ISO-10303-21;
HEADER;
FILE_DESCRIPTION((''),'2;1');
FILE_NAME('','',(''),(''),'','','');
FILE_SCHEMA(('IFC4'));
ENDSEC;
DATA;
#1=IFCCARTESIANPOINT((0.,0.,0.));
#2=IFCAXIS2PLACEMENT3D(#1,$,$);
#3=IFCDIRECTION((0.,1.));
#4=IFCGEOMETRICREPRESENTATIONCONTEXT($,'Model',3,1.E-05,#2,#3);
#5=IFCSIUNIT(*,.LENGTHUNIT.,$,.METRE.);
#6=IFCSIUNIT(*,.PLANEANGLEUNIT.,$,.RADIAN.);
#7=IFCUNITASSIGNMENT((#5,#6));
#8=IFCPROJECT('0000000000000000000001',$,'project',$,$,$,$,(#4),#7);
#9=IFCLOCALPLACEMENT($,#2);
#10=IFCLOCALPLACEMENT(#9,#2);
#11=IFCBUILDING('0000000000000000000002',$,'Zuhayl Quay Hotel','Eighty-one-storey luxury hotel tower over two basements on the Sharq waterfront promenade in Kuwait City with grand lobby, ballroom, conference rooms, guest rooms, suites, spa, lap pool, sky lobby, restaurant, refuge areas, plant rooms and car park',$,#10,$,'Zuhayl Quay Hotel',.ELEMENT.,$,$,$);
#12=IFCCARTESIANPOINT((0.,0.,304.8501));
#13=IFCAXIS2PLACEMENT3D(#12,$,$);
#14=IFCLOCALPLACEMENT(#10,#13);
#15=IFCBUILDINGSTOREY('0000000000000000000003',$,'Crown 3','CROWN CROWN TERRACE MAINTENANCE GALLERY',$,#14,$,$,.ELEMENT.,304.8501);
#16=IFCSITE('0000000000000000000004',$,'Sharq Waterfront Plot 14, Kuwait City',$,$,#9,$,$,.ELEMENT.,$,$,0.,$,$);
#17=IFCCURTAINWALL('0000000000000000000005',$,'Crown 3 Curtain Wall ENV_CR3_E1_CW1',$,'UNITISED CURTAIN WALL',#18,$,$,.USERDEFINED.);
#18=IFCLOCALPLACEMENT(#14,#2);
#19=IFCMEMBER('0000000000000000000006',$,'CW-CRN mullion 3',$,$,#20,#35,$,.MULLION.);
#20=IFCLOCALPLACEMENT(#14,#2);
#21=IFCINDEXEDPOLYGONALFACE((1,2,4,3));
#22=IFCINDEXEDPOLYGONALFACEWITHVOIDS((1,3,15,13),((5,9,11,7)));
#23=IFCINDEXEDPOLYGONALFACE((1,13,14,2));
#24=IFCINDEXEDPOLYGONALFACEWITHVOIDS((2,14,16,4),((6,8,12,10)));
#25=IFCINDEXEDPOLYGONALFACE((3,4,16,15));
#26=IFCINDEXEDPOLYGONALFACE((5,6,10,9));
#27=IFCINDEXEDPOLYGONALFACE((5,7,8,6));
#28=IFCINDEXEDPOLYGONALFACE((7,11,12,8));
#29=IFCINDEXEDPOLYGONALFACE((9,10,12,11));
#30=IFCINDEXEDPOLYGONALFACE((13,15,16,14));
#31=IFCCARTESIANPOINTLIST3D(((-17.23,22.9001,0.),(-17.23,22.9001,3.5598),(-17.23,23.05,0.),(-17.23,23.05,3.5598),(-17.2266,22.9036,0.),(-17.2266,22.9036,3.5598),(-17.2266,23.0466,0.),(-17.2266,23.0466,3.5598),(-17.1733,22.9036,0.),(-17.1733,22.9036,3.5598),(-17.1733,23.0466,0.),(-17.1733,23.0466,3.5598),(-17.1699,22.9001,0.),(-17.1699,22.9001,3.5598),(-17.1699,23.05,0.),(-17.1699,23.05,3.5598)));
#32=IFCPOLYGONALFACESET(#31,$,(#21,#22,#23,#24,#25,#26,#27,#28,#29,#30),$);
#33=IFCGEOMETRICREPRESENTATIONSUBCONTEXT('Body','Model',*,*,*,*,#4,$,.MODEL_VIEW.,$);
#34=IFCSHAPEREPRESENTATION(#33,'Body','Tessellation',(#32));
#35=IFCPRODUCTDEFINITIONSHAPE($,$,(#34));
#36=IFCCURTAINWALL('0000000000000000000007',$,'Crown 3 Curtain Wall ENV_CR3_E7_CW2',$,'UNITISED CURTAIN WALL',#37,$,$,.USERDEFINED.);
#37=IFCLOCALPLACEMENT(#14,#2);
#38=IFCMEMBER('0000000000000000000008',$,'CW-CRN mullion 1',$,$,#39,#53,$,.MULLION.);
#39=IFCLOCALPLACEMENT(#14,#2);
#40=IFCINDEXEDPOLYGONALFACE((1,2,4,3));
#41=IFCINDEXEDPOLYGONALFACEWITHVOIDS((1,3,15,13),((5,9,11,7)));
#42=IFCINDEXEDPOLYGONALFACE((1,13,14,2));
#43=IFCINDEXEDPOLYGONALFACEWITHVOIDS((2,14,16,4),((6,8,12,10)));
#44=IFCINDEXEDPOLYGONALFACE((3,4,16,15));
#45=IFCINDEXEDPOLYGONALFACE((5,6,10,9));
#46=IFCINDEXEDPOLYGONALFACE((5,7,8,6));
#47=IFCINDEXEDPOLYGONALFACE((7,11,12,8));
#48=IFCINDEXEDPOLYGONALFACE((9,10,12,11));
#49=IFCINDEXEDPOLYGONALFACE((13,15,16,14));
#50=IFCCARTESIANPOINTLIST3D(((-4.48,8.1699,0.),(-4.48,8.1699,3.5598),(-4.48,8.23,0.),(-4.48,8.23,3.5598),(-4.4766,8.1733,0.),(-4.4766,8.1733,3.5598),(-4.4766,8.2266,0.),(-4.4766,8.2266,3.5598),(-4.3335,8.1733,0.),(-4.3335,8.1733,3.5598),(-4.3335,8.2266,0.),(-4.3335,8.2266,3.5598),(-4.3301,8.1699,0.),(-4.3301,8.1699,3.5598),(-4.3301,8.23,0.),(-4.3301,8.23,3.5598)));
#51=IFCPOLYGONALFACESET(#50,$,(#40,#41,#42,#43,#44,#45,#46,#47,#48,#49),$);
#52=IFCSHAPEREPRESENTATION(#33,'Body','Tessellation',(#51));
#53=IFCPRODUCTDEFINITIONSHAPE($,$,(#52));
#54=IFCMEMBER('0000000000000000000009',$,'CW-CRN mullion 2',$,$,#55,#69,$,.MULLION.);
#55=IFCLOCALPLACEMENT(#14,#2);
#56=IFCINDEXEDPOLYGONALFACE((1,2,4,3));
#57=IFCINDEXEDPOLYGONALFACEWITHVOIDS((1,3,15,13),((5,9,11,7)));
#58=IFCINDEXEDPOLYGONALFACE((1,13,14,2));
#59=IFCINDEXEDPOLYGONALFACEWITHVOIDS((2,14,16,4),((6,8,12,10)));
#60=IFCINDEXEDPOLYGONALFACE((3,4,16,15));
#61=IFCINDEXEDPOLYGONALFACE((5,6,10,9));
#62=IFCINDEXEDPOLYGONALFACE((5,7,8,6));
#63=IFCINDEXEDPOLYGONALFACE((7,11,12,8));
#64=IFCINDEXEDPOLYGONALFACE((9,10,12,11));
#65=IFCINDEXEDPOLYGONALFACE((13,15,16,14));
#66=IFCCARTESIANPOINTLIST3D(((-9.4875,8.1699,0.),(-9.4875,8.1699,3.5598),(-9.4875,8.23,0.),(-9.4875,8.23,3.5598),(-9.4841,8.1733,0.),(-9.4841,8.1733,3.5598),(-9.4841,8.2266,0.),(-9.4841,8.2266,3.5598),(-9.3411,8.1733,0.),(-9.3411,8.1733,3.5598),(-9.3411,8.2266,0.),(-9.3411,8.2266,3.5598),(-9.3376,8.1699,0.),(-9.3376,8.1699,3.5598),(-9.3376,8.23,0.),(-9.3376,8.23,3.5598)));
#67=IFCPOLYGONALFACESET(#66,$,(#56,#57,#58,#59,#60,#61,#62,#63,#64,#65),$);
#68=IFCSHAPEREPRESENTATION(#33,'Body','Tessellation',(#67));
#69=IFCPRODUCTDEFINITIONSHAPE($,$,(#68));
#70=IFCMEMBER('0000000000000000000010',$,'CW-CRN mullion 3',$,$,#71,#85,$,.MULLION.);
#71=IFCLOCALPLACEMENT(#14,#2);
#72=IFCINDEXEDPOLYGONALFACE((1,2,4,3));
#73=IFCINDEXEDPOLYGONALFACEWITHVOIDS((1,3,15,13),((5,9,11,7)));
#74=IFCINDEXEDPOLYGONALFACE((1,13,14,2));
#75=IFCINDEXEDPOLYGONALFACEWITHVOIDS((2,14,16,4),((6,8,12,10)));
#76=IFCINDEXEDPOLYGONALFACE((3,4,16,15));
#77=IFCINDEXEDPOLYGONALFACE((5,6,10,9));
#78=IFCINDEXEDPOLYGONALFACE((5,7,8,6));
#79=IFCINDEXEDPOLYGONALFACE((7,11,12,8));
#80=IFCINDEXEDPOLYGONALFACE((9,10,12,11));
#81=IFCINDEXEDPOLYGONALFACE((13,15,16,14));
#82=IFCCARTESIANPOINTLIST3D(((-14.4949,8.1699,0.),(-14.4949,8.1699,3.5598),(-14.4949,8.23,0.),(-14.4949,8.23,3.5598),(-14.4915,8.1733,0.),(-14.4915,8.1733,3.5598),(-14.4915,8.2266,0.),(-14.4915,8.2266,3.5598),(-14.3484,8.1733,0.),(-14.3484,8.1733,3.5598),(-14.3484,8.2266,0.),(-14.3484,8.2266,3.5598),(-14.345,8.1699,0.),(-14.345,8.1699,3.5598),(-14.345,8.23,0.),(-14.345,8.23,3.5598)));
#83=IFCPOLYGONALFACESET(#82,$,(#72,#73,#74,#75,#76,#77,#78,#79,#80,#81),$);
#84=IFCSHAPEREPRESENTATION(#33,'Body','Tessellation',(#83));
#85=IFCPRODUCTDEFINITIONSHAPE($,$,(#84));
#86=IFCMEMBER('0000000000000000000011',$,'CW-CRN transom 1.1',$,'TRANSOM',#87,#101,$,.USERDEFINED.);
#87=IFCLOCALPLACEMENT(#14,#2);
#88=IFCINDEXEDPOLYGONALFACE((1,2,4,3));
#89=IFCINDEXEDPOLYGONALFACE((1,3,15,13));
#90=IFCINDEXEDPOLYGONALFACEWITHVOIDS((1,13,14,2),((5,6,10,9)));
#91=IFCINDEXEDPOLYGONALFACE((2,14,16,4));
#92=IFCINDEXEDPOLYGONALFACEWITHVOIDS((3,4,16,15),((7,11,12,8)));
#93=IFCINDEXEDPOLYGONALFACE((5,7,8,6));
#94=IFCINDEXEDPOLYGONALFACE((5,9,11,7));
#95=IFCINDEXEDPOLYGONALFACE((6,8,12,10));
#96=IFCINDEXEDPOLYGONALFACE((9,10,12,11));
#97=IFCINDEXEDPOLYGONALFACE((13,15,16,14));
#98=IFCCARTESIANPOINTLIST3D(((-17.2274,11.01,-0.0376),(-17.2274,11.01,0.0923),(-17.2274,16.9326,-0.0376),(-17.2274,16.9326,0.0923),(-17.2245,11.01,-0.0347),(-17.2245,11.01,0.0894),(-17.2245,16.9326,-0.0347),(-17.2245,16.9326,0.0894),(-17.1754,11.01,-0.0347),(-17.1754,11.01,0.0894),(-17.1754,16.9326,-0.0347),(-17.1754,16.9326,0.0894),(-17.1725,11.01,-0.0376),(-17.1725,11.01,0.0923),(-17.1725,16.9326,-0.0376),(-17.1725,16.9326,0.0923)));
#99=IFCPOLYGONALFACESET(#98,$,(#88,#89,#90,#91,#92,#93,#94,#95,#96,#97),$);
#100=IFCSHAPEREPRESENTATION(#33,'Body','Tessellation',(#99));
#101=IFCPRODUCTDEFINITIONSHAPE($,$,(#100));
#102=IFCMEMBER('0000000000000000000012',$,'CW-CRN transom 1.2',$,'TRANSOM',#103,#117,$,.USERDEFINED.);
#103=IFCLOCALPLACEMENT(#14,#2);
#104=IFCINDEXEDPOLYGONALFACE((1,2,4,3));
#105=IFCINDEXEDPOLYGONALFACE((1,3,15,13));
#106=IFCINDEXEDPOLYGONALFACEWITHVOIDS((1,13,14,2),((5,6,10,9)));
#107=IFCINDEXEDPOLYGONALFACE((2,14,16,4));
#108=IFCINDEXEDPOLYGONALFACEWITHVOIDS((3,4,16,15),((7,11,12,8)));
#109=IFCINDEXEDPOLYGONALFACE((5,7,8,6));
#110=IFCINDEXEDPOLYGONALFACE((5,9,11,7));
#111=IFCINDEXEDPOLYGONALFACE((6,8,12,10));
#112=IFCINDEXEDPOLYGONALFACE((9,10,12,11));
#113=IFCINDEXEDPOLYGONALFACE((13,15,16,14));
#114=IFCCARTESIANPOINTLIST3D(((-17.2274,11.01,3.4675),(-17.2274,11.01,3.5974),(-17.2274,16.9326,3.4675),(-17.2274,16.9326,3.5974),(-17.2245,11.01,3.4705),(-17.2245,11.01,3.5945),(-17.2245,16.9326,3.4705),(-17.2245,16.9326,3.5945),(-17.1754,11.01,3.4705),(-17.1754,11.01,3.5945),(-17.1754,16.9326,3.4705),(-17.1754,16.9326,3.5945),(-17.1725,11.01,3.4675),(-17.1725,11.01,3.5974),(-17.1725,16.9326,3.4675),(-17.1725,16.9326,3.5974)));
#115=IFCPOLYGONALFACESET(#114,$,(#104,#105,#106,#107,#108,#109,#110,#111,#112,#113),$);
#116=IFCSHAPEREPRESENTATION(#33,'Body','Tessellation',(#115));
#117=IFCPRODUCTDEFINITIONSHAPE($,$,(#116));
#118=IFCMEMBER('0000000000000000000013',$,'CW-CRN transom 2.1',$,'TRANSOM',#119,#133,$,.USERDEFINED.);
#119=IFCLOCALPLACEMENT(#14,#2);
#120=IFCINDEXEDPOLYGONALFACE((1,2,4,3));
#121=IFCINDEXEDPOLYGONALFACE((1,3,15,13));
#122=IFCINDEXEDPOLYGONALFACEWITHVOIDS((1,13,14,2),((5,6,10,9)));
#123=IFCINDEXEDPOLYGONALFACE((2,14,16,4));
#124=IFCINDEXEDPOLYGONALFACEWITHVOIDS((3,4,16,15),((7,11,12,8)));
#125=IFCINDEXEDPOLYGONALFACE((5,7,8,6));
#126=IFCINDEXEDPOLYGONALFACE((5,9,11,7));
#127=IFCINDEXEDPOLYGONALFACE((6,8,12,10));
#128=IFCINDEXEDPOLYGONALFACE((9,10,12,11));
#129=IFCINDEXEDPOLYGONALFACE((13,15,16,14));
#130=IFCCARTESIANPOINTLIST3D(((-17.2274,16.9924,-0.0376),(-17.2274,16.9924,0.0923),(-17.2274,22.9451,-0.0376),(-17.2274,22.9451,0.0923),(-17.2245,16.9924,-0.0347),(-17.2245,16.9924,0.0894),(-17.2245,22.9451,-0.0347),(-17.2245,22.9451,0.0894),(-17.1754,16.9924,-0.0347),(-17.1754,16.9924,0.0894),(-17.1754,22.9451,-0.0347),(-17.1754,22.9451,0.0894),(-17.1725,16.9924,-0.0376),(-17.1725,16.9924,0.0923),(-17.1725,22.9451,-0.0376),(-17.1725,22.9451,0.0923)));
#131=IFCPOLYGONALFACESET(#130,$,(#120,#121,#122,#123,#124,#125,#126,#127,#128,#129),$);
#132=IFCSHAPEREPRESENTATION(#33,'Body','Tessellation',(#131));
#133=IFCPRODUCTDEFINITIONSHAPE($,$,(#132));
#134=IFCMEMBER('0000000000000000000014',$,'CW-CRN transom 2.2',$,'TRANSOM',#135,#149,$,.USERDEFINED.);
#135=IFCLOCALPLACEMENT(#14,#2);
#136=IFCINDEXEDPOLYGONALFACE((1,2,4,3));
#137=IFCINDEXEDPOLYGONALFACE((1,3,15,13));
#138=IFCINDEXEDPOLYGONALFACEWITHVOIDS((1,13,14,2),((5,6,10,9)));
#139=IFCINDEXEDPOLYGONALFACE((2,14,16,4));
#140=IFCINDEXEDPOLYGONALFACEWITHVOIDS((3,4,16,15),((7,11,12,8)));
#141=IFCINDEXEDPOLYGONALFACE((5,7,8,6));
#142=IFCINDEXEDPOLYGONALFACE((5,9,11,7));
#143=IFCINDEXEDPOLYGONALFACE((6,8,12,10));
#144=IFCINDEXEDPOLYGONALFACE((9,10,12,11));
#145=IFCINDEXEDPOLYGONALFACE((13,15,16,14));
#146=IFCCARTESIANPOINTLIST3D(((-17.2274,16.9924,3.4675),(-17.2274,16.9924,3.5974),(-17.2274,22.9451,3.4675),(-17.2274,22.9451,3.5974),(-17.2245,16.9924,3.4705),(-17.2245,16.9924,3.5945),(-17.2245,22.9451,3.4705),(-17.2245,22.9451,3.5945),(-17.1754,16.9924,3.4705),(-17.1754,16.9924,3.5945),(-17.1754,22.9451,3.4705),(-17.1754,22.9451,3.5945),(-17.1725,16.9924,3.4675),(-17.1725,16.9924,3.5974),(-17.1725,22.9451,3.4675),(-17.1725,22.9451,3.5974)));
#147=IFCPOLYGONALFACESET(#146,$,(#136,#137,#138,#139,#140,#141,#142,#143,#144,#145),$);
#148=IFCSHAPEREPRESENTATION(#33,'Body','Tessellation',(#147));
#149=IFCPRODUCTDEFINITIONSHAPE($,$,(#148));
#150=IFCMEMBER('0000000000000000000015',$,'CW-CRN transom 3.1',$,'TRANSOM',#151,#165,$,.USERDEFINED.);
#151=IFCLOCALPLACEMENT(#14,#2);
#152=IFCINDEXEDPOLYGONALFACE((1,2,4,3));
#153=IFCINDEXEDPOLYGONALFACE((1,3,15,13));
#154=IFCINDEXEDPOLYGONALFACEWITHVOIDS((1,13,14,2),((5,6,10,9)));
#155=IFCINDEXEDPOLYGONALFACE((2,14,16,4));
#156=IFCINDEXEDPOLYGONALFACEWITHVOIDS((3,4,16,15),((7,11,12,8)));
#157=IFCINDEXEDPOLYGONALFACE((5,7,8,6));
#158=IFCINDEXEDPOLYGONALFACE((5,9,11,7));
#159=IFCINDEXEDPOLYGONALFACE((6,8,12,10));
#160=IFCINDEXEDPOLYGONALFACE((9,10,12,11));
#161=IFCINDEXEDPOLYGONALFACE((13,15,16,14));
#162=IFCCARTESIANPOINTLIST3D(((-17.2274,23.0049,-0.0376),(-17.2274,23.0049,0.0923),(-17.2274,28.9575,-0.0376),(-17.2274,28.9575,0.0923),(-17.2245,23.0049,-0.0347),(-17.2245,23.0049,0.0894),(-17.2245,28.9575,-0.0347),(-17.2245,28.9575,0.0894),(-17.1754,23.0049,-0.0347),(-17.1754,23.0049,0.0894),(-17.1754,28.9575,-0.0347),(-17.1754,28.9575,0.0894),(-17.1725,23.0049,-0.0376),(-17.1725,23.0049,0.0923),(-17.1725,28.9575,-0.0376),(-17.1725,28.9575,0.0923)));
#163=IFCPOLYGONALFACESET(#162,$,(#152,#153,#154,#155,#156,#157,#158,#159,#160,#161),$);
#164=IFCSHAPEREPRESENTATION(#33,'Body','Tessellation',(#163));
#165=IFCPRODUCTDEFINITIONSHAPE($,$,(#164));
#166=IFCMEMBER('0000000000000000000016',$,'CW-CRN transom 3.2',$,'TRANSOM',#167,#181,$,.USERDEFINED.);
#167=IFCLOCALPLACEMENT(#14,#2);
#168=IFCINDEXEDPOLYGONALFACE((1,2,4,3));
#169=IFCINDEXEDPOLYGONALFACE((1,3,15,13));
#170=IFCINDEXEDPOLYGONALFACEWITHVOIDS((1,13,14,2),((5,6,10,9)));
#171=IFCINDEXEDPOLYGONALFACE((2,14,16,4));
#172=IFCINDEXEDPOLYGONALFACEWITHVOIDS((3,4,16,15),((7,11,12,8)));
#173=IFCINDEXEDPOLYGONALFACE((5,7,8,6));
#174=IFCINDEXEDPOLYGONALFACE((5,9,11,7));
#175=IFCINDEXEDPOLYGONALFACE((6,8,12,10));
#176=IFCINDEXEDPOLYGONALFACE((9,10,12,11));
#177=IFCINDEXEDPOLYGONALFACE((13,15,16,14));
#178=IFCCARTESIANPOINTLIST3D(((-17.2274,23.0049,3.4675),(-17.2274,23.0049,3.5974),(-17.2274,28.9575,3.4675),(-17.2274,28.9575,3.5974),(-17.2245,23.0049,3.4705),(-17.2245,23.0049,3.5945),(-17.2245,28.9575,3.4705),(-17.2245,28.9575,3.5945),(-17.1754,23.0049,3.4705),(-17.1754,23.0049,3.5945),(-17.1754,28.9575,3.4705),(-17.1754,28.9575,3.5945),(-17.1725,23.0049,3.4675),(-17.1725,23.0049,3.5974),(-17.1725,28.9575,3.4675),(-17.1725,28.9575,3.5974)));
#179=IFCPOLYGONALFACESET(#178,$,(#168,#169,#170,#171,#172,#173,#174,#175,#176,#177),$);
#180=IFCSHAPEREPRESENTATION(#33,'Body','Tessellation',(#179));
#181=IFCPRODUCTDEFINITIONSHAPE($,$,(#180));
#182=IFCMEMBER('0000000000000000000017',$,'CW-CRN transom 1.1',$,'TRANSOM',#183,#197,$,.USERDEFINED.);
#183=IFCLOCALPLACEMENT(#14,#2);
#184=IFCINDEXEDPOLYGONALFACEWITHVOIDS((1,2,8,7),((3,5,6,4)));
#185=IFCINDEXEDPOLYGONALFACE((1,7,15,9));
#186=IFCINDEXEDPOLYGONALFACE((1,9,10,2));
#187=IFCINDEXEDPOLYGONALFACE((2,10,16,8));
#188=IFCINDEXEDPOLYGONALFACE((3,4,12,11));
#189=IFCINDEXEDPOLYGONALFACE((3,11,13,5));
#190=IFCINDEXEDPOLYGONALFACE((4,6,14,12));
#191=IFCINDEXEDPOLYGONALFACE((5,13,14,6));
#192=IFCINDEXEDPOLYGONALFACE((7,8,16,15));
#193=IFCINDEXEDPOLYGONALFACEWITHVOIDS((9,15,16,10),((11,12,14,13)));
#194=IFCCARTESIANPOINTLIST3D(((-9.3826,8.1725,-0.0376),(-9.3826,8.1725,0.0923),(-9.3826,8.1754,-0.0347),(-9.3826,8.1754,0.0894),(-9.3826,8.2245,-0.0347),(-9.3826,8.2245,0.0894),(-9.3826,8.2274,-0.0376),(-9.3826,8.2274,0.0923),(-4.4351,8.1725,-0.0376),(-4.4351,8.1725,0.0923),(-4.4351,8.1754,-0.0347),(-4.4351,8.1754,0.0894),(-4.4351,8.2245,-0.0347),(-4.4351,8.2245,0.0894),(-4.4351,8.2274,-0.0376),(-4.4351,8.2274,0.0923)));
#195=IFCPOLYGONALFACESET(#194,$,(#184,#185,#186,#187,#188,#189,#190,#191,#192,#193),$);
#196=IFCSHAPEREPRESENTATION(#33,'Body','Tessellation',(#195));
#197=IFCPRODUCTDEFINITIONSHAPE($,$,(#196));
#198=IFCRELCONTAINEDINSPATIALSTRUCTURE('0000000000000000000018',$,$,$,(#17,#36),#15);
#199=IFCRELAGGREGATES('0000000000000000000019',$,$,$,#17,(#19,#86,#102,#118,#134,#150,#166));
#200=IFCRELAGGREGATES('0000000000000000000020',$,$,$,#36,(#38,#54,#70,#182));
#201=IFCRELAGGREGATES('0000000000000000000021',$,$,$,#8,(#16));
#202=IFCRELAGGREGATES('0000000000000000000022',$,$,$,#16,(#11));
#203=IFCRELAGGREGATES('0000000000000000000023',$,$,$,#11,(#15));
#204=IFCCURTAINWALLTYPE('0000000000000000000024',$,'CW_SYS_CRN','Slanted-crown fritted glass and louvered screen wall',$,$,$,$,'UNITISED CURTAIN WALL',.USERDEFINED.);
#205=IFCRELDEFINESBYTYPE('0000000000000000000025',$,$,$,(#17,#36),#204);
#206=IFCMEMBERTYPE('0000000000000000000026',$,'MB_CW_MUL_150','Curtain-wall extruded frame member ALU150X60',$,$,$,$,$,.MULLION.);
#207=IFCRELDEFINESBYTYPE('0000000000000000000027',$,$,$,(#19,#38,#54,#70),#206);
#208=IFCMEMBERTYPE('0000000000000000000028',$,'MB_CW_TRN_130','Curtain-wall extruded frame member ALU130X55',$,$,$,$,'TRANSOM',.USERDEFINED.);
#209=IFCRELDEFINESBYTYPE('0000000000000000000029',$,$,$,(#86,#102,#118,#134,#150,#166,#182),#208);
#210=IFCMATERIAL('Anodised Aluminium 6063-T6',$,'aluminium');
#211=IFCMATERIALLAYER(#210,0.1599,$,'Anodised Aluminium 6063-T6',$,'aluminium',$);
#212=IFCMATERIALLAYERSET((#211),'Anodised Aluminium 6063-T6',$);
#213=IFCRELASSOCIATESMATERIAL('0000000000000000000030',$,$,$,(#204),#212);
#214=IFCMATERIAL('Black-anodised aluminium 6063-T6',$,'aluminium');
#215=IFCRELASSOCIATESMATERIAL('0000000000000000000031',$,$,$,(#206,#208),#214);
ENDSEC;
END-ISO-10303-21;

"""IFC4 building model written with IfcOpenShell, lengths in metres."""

from ifc_helpers import new_model, si_unit, direction, frame, origin, origin_2d, place, context, subcontext, project, spatial, hollow_rectangle, extrude, material, layer, layer_set, material_profile, profile_set, type_object, element, aggregate, save


model = new_model("IFC4")

# Units and contexts
model_context = context("Model", 3, precision=1e-05, world=origin(), true_north=direction((0.0, 1.0)))
body_context = subcontext(model_context, "Body", "Model", "MODEL_VIEW")
ifc_project = project(units=[si_unit("LENGTHUNIT", "METRE"), si_unit("PLANEANGLEUNIT", "RADIAN")], contexts=[model_context])

# Site, building, storey
site_placement = place(None, origin())
site = spatial("IfcSite", under=ifc_project, at=site_placement, Name="Sharq Waterfront Plot 14, Kuwait City", CompositionType="ELEMENT", RefElevation=0.0)
building_placement = place(site_placement, origin())
building = spatial("IfcBuilding", under=site, at=building_placement, Name="Zuhayl Quay Hotel", Description="Eighty-one-storey luxury hotel tower over two basements on the Sharq waterfront promenade in Kuwait City with grand lobby, ballroom, conference rooms, guest rooms, suites, spa, lap pool, sky lobby, restaurant, refuge areas, plant rooms and car park", LongName="Zuhayl Quay Hotel", CompositionType="ELEMENT")
storey_placement = place(building_placement, frame((0.0, 0.0, 304.8501)))
storey = spatial("IfcBuildingStorey", under=building, at=storey_placement, Name="Crown 3", Description="CROWN CROWN TERRACE MAINTENANCE GALLERY", CompositionType="ELEMENT", Elevation=304.8501)

# Curtain walls, members
ifc_material_1 = material(Name="Anodised Aluminium 6063-T6", Category="aluminium")
ifc_layer_1 = layer(ifc_material_1, 0.1599, Name="Anodised Aluminium 6063-T6", Category="aluminium")
ifc_layer_set_1 = layer_set([ifc_layer_1], Name="Anodised Aluminium 6063-T6")
curtain_wall_type = type_object("IfcCurtainWallType", Name="CW_SYS_CRN", Description="Slanted-crown fritted glass and louvered screen wall", ElementType="UNITISED CURTAIN WALL", PredefinedType="USERDEFINED", material=ifc_layer_set_1)
curtain_wall_1_placement = place(storey_placement, origin())
curtain_wall_1 = element("IfcCurtainWall", 1, at=curtain_wall_1_placement, inside=storey, type_object=curtain_wall_type, Name="Crown 3 Curtain Wall ENV_CR3_E1_CW1", ObjectType="UNITISED CURTAIN WALL", PredefinedType="USERDEFINED")
ifc_material_2 = material(Name="Black-anodised aluminium 6063-T6", Category="aluminium")
ifc_material_profile_1 = material_profile(ifc_material_2, hollow_rectangle(XDim=0.0601, YDim=0.1499, WallThickness=0.0034, at=origin_2d()), Name="ALU150X60")
ifc_profile_set_1 = profile_set([ifc_material_profile_1], Name="Black-anodised aluminium 6063-T6")
member_type_1 = type_object("IfcMemberType", Name="MB_CW_MUL_150", Description="Curtain-wall extruded frame member ALU150X60", PredefinedType="MULLION", material=ifc_profile_set_1)
member_1_placement = place(storey_placement, frame((-17.2, 22.9751, 0.0), z_axis=(0.0, 0.0, 1.0), x_axis=(-1.0, 0.0, 0.0)))
member_1 = element("IfcMember", 2, at=member_1_placement, type_object=member_type_1, Name="CW-CRN mullion 3", PredefinedType="MULLION", context=body_context, shape_type="SweptSolid", body=[
    extrude(hollow_rectangle(XDim=0.0601, YDim=0.1499, WallThickness=0.0034, at=origin_2d()), origin(), (0.0, 0.0, 1.0), 3.5598),
])
curtain_wall_2_placement = place(storey_placement, origin())
curtain_wall_2 = element("IfcCurtainWall", 3, at=curtain_wall_2_placement, inside=storey, type_object=curtain_wall_type, Name="Crown 3 Curtain Wall ENV_CR3_E7_CW2", ObjectType="UNITISED CURTAIN WALL", PredefinedType="USERDEFINED")
member_2_placement = place(storey_placement, frame((-4.405, 8.2, 0.0), z_axis=(0.0, 0.0, 1.0), x_axis=(0.0, -1.0, 0.0)))
member_2 = element("IfcMember", 4, at=member_2_placement, type_object=member_type_1, Name="CW-CRN mullion 1", PredefinedType="MULLION", context=body_context, shape_type="SweptSolid", body=[
    extrude(hollow_rectangle(XDim=0.0601, YDim=0.1499, WallThickness=0.0034, at=origin_2d()), origin(), (0.0, 0.0, 1.0), 3.5598),
])
member_3_placement = place(storey_placement, frame((-9.4126, 8.2, 0.0), z_axis=(0.0, 0.0, 1.0), x_axis=(0.0, -1.0, 0.0)))
member_3 = element("IfcMember", 5, at=member_3_placement, type_object=member_type_1, Name="CW-CRN mullion 2", PredefinedType="MULLION", context=body_context, shape_type="SweptSolid", body=[
    extrude(hollow_rectangle(XDim=0.0601, YDim=0.1499, WallThickness=0.0034, at=origin_2d()), origin(), (0.0, 0.0, 1.0), 3.5598),
])
member_4_placement = place(storey_placement, frame((-14.4199, 8.2, 0.0), z_axis=(0.0, 0.0, 1.0), x_axis=(0.0, -1.0, 0.0)))
member_4 = element("IfcMember", 6, at=member_4_placement, type_object=member_type_1, Name="CW-CRN mullion 3", PredefinedType="MULLION", context=body_context, shape_type="SweptSolid", body=[
    extrude(hollow_rectangle(XDim=0.0601, YDim=0.1499, WallThickness=0.0034, at=origin_2d()), origin(), (0.0, 0.0, 1.0), 3.5598),
])

# Members
ifc_material_profile_2 = material_profile(ifc_material_2, hollow_rectangle(XDim=0.0549, YDim=0.1299, WallThickness=0.0029, at=origin_2d()), Name="ALU130X55")
ifc_profile_set_2 = profile_set([ifc_material_profile_2], Name="Black-anodised aluminium 6063-T6")
member_type_2 = type_object("IfcMemberType", Name="MB_CW_TRN_130", Description="Curtain-wall extruded frame member ALU130X55", ElementType="TRANSOM", PredefinedType="USERDEFINED", material=ifc_profile_set_2)
member_5_placement = place(storey_placement, frame((-17.2, 11.01, 0.0273), z_axis=(0.0, 1.0, 0.0), x_axis=(-1.0, 0.0, 0.0)))
member_5 = element("IfcMember", 7, at=member_5_placement, type_object=member_type_2, Name="CW-CRN transom 1.1", ObjectType="TRANSOM", PredefinedType="USERDEFINED", context=body_context, shape_type="SweptSolid", body=[
    extrude(hollow_rectangle(XDim=0.0549, YDim=0.1299, WallThickness=0.0029, at=origin_2d()), origin(), (0.0, 0.0, 1.0), 5.9226),
])
member_6_placement = place(storey_placement, frame((-17.2, 11.01, 3.5325), z_axis=(0.0, 1.0, 0.0), x_axis=(-1.0, 0.0, 0.0)))
member_6 = element("IfcMember", 8, at=member_6_placement, type_object=member_type_2, Name="CW-CRN transom 1.2", ObjectType="TRANSOM", PredefinedType="USERDEFINED", context=body_context, shape_type="SweptSolid", body=[
    extrude(hollow_rectangle(XDim=0.0549, YDim=0.1299, WallThickness=0.0029, at=origin_2d()), origin(), (0.0, 0.0, 1.0), 5.9226),
])
member_7_placement = place(storey_placement, frame((-17.2, 16.9924, 0.0273), z_axis=(0.0, 1.0, 0.0), x_axis=(-1.0, 0.0, 0.0)))
member_7 = element("IfcMember", 9, at=member_7_placement, type_object=member_type_2, Name="CW-CRN transom 2.1", ObjectType="TRANSOM", PredefinedType="USERDEFINED", context=body_context, shape_type="SweptSolid", body=[
    extrude(hollow_rectangle(XDim=0.0549, YDim=0.1299, WallThickness=0.0029, at=origin_2d()), origin(), (0.0, 0.0, 1.0), 5.9526),
])
member_8_placement = place(storey_placement, frame((-17.2, 16.9924, 3.5325), z_axis=(0.0, 1.0, 0.0), x_axis=(-1.0, 0.0, 0.0)))
member_8 = element("IfcMember", 10, at=member_8_placement, type_object=member_type_2, Name="CW-CRN transom 2.2", ObjectType="TRANSOM", PredefinedType="USERDEFINED", context=body_context, shape_type="SweptSolid", body=[
    extrude(hollow_rectangle(XDim=0.0549, YDim=0.1299, WallThickness=0.0029, at=origin_2d()), origin(), (0.0, 0.0, 1.0), 5.9526),
])
member_9_placement = place(storey_placement, frame((-17.2, 23.0049, 0.0273), z_axis=(0.0, 1.0, 0.0), x_axis=(-1.0, 0.0, 0.0)))
member_9 = element("IfcMember", 11, at=member_9_placement, type_object=member_type_2, Name="CW-CRN transom 3.1", ObjectType="TRANSOM", PredefinedType="USERDEFINED", context=body_context, shape_type="SweptSolid", body=[
    extrude(hollow_rectangle(XDim=0.0549, YDim=0.1299, WallThickness=0.0029, at=origin_2d()), origin(), (0.0, 0.0, 1.0), 5.9526),
])
member_10_placement = place(storey_placement, frame((-17.2, 23.0049, 3.5325), z_axis=(0.0, 1.0, 0.0), x_axis=(-1.0, 0.0, 0.0)))
member_10 = element("IfcMember", 12, at=member_10_placement, type_object=member_type_2, Name="CW-CRN transom 3.2", ObjectType="TRANSOM", PredefinedType="USERDEFINED", context=body_context, shape_type="SweptSolid", body=[
    extrude(hollow_rectangle(XDim=0.0549, YDim=0.1299, WallThickness=0.0029, at=origin_2d()), origin(), (0.0, 0.0, 1.0), 5.9526),
])
member_11_placement = place(storey_placement, frame((-4.4351, 8.2, 0.0273), z_axis=(-1.0, 0.0, 0.0), x_axis=(0.0, -1.0, 0.0)))
member_11 = element("IfcMember", 13, at=member_11_placement, type_object=member_type_2, Name="CW-CRN transom 1.1", ObjectType="TRANSOM", PredefinedType="USERDEFINED", context=body_context, shape_type="SweptSolid", body=[
    extrude(hollow_rectangle(XDim=0.0549, YDim=0.1299, WallThickness=0.0029, at=origin_2d()), origin(), (0.0, 0.0, 1.0), 4.9475),
])

aggregate(curtain_wall_1, [member_1, member_5, member_6, member_7, member_8, member_9, member_10])
aggregate(curtain_wall_2, [member_2, member_3, member_4, member_11])

save(model, "model.ifc")
